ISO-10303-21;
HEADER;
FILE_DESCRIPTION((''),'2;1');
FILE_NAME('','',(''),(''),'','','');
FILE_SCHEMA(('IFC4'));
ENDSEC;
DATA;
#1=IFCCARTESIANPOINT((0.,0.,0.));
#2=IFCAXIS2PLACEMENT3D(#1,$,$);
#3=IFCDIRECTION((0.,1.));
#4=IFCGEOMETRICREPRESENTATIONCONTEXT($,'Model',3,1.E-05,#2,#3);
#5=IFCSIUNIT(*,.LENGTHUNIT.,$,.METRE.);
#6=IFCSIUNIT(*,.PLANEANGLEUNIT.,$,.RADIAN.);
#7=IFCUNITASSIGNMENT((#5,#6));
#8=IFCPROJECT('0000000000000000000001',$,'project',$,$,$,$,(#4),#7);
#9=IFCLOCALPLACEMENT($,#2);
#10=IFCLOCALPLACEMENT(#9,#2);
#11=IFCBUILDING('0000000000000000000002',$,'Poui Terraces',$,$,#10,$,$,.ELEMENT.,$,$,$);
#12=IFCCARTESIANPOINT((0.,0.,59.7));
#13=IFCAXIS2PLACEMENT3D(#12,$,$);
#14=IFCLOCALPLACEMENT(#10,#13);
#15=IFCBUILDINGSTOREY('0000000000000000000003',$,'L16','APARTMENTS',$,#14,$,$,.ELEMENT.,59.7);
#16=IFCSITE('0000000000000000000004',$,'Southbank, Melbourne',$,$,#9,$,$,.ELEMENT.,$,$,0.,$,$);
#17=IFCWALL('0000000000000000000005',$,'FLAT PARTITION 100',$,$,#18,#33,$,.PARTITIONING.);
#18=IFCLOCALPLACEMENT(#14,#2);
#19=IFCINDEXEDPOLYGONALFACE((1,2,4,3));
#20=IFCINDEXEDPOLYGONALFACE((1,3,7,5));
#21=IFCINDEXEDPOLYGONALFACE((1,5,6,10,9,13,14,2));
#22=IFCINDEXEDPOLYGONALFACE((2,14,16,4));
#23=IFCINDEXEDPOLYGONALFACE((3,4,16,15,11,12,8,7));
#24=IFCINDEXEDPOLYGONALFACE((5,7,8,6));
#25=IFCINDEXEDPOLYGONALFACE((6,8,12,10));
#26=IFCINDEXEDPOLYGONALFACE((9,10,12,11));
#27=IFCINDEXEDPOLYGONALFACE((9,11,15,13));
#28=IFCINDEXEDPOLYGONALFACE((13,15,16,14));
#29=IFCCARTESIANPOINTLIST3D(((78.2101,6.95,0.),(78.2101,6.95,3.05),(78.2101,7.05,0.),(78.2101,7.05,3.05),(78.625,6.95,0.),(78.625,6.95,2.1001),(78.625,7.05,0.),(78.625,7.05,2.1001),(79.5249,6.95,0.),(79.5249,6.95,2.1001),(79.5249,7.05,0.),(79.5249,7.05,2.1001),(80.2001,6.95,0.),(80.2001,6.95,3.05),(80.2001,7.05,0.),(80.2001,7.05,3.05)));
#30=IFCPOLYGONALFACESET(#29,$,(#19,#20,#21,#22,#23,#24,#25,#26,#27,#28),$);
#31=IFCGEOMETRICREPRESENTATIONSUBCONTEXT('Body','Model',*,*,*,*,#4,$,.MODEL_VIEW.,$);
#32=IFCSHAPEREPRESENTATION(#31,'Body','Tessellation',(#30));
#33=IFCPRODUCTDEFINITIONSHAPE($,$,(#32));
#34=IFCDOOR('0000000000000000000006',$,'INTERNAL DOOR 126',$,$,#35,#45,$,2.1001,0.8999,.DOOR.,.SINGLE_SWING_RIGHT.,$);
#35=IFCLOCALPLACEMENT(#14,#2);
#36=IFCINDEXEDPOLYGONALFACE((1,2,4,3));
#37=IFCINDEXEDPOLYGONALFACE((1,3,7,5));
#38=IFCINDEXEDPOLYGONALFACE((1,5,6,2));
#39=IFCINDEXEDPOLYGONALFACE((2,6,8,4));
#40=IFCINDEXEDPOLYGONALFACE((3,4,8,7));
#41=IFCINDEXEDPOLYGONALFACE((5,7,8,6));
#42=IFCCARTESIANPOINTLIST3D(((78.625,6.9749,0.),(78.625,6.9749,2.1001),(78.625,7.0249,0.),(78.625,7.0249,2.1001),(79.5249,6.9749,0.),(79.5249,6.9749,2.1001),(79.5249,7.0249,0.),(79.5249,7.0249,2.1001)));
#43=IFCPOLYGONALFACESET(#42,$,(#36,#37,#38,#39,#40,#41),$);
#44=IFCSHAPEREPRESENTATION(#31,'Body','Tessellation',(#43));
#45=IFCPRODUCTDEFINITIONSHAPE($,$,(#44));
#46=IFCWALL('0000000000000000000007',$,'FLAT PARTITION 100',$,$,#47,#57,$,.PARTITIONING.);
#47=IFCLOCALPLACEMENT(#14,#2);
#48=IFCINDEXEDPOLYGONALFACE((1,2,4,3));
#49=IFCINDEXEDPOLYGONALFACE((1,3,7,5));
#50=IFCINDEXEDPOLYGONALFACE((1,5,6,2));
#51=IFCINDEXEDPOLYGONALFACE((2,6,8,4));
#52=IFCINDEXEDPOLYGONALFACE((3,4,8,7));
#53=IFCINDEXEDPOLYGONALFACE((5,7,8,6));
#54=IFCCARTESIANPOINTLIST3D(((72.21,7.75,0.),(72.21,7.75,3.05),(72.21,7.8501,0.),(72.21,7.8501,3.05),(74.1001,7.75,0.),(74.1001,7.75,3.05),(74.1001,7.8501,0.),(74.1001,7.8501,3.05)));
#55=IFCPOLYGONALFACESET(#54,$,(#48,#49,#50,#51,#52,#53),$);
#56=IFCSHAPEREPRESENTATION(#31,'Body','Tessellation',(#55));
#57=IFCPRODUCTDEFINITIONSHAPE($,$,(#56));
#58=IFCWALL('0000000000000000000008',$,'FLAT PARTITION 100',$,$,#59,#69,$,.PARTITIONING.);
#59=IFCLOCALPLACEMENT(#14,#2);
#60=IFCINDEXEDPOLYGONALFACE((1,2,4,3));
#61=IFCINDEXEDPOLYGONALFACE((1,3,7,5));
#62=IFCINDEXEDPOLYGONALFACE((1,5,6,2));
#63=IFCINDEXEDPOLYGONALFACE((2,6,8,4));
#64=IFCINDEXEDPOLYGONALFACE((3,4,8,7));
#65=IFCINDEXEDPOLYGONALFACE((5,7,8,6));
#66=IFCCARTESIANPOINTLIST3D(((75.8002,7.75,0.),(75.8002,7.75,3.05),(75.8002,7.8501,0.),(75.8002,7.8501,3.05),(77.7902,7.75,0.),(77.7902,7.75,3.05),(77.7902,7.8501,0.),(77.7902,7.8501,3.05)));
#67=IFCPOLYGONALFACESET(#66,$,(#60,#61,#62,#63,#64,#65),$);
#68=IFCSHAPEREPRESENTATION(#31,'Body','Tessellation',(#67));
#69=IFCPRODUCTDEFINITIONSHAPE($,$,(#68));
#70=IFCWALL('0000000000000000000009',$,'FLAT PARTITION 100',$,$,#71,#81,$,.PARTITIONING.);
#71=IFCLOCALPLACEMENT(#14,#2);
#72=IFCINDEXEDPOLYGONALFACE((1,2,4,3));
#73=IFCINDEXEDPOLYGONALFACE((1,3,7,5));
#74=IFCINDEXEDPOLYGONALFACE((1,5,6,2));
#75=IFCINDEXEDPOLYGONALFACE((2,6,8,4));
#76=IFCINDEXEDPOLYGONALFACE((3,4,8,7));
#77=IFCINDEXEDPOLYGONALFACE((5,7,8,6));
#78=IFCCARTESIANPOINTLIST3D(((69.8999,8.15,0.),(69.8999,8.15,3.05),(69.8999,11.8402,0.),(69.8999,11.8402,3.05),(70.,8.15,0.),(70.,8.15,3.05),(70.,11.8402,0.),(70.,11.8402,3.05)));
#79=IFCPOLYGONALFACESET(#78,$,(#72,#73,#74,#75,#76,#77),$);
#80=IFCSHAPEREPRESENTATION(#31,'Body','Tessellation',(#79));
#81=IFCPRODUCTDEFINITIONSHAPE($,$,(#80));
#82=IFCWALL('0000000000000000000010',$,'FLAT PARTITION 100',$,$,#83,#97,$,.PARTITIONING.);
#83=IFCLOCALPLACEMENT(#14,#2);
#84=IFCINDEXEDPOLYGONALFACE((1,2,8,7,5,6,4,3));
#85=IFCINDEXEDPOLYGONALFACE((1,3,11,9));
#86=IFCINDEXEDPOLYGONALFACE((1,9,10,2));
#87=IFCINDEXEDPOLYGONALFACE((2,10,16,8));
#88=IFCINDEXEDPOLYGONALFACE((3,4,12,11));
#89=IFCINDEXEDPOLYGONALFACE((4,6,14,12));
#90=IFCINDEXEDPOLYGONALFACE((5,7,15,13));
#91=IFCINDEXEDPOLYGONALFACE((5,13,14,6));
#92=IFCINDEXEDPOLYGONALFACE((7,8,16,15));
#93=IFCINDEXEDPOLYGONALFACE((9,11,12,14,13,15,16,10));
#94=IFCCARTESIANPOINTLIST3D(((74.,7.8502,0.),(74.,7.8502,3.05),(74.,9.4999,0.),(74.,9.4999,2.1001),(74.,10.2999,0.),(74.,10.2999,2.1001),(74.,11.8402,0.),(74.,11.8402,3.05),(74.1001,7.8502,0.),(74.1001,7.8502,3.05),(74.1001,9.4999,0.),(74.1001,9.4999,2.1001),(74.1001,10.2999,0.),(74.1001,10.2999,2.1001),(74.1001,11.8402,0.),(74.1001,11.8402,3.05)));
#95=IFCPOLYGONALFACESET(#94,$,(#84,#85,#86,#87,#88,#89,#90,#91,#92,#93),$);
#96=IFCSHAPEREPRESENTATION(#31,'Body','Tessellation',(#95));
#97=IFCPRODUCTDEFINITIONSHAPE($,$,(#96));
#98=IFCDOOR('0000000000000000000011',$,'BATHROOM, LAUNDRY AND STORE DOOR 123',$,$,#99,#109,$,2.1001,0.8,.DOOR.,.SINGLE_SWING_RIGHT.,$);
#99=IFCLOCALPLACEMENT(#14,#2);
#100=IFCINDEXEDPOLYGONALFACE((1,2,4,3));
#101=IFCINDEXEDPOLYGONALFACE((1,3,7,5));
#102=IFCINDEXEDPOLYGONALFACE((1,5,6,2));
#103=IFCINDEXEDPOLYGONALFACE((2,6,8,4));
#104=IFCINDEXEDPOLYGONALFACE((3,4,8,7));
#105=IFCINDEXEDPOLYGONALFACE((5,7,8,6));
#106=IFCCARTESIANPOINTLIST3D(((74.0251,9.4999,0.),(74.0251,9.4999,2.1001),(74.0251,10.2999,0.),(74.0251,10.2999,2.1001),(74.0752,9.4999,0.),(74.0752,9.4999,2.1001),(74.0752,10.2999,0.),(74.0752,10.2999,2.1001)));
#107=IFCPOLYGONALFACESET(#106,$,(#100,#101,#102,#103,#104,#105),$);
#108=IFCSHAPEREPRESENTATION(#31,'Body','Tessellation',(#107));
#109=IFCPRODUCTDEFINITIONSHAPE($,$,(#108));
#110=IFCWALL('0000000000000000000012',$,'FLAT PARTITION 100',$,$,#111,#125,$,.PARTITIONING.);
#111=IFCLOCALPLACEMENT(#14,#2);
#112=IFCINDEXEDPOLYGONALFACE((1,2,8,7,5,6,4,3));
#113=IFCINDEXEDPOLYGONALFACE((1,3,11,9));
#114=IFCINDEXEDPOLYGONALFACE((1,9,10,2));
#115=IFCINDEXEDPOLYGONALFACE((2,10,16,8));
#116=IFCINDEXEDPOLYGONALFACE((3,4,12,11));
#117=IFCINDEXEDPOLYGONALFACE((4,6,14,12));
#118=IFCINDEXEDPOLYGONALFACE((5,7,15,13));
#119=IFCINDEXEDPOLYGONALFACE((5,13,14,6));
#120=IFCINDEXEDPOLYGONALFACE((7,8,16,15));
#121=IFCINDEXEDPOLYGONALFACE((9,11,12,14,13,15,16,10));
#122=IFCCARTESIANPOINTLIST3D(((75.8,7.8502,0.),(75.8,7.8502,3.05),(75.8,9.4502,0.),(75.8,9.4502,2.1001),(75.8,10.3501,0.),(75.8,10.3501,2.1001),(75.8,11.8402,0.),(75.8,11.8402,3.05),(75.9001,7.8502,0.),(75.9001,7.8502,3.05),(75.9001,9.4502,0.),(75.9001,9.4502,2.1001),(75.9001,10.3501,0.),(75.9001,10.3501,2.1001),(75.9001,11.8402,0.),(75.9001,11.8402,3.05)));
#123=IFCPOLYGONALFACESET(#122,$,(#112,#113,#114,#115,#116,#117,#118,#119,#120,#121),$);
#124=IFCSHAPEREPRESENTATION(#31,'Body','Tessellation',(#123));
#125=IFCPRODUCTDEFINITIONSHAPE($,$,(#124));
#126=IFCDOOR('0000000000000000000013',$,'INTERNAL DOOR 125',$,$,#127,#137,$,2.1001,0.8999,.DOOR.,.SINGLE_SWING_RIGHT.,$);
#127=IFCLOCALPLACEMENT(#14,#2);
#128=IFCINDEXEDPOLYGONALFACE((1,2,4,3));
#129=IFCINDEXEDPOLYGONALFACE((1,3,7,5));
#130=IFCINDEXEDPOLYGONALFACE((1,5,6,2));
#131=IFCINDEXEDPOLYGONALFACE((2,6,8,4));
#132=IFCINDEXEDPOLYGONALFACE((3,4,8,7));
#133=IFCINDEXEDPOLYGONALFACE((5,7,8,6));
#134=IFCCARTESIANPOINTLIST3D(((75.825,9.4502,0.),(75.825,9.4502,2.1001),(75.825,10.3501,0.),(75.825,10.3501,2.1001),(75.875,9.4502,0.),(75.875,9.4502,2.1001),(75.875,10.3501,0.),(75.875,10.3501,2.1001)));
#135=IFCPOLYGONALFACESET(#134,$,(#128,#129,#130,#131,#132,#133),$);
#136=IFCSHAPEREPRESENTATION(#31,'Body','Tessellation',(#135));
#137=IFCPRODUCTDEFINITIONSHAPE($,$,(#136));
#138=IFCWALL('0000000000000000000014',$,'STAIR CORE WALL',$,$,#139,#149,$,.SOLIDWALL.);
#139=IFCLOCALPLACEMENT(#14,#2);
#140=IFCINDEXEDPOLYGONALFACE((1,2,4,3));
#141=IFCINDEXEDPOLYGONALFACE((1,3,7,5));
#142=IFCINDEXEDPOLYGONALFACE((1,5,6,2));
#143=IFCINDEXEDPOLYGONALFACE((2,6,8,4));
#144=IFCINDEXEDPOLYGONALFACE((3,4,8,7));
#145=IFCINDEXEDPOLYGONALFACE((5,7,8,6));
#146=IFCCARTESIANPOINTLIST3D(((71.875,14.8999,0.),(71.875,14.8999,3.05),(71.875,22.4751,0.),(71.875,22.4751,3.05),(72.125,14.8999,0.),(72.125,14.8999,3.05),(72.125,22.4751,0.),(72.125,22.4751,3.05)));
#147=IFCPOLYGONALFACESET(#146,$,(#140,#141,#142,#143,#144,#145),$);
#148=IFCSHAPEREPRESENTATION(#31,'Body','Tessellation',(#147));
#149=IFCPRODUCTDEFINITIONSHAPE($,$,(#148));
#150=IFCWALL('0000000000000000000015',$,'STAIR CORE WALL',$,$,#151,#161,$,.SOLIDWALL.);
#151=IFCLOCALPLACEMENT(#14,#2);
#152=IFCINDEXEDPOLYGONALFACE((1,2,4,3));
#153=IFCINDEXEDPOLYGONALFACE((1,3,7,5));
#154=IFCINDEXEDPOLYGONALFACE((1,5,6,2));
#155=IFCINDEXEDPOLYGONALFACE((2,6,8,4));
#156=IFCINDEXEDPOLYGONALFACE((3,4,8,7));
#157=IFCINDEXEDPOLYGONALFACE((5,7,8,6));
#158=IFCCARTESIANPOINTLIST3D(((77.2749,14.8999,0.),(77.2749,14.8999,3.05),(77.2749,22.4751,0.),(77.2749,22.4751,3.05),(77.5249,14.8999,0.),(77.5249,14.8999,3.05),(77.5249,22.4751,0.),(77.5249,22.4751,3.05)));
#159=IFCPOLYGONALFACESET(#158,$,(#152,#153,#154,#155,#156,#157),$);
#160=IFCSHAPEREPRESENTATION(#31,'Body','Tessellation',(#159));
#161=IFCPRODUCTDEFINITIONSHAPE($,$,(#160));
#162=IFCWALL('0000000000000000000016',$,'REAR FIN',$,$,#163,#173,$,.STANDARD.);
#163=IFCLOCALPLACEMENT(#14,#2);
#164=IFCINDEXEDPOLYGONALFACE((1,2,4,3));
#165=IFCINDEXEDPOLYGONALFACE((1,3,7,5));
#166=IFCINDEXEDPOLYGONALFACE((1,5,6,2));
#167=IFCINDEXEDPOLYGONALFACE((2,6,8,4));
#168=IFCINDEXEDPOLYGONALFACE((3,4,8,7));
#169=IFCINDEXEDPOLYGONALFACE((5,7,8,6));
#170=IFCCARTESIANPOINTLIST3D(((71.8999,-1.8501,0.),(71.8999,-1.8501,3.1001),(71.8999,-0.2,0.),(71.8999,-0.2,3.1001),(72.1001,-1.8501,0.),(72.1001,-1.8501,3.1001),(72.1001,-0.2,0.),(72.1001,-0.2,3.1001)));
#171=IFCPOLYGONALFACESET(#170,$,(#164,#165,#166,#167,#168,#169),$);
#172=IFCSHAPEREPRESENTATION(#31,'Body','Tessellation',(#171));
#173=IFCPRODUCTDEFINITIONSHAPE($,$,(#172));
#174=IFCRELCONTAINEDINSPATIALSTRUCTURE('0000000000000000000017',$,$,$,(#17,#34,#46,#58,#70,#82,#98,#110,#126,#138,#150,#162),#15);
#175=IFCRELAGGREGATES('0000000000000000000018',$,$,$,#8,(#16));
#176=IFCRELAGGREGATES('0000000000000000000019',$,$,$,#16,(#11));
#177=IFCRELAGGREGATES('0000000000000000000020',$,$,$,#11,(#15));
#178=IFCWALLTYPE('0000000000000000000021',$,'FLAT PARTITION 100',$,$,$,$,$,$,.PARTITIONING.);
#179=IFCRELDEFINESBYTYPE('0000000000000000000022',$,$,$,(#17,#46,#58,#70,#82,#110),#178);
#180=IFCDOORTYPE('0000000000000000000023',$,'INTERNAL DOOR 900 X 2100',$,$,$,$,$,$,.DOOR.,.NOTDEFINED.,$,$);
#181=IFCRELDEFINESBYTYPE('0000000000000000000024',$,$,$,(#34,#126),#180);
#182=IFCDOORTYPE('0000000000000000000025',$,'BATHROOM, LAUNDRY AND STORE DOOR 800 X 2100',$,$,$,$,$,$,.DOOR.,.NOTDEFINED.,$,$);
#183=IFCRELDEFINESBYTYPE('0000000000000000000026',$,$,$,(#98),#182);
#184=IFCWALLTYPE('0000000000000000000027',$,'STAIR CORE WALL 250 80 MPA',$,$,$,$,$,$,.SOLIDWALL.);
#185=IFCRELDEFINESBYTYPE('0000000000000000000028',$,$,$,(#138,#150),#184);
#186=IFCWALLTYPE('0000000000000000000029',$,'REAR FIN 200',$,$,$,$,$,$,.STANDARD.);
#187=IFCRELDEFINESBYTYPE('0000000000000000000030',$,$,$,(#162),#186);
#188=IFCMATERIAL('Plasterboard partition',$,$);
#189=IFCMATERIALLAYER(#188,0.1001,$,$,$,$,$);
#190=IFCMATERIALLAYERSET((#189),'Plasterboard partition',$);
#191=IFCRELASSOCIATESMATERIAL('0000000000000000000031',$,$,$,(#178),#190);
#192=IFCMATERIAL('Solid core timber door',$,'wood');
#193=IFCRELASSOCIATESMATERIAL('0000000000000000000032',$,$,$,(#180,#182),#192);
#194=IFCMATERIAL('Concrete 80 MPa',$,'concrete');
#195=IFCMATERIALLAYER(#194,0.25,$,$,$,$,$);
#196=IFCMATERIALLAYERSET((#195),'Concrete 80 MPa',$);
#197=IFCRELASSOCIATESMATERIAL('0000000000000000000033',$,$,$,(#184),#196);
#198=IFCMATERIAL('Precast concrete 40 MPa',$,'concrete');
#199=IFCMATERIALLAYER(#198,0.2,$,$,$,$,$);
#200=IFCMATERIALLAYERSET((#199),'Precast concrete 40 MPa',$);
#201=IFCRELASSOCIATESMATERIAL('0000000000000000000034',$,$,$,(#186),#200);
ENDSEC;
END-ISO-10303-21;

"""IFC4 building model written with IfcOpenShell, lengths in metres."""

from ifc_helpers import new_model, si_unit, direction, frame, frame_2d, origin, place, context, subcontext, project, spatial, polyline, rectangle, outline, extrude, source, transform, mapped, material, layer, layer_set, type_object, element, fill, save


model = new_model("IFC4")

# Units and contexts
model_context = context("Model", 3, precision=1e-05, world=origin(), true_north=direction((0.0, 1.0)))
body_context = subcontext(model_context, "Body", "Model", "MODEL_VIEW")
ifc_project = project(units=[si_unit("LENGTHUNIT", "METRE"), si_unit("PLANEANGLEUNIT", "RADIAN")], contexts=[model_context])

# Site, building, storey
site_placement = place(None, origin())
site = spatial("IfcSite", under=ifc_project, at=site_placement, Name="Southbank, Melbourne", CompositionType="ELEMENT", RefElevation=0.0)
building_placement = place(site_placement, origin())
building = spatial("IfcBuilding", under=site, at=building_placement, Name="Poui Terraces", CompositionType="ELEMENT")
storey_placement = place(building_placement, frame((0.0, 0.0, 59.7)))
storey = spatial("IfcBuildingStorey", under=building, at=storey_placement, Name="L16", Description="APARTMENTS", CompositionType="ELEMENT", Elevation=59.7)

# Shared definitions
ifc_material_1 = material(Name="Concrete 80 MPa", Category="concrete")

# Shared definitions
ifc_material_2 = material(Name="Precast concrete 40 MPa", Category="concrete")

# Wall, opening, door
ifc_material_3 = material(Name="Plasterboard partition")
ifc_layer_1 = layer(ifc_material_3, 0.1001)
ifc_layer_set_1 = layer_set([ifc_layer_1], Name="Plasterboard partition")
wall_type_1 = type_object("IfcWallType", Name="FLAT PARTITION 100", PredefinedType="PARTITIONING", material=ifc_layer_set_1)
ifc_material_4 = material(Name="Solid core timber door", Category="wood")
door_type_1 = type_object("IfcDoorType", Name="INTERNAL DOOR 900 X 2100", OperationType="NOTDEFINED", PredefinedType="DOOR", material=ifc_material_4)
wall_1_placement = place(storey_placement, frame((78.21, 7.0, 0.0), z_axis=(0.0, 0.0, 1.0), x_axis=(1.0, 0.0, 0.0)))
wall_1 = element("IfcWall", 1, at=wall_1_placement, inside=storey, type_object=wall_type_1, Name="FLAT PARTITION 100", PredefinedType="PARTITIONING", context=body_context, shape_type="SweptSolid", body=[
    extrude(rectangle(XDim=1.99, YDim=0.1001, at=frame_2d((0.9951, 0.0))), origin(), (0.0, 0.0, 1.0), 3.05),
])
opening_1_placement = place(wall_1_placement, frame((0.415, 0.0, 0.0)))
opening_1 = element("IfcOpeningElement", 2, at=opening_1_placement, cuts=wall_1, PredefinedType="OPENING", context=body_context, shape_type="SweptSolid", body=[
    extrude(rectangle(XDim=0.8999, YDim=2.1001, at=frame_2d((0.45, 1.05))), frame((0.0, 0.0601, 0.0), z_axis=(0.0, -1.0, 0.0), x_axis=(1.0, 0.0, 0.0)), (0.0, 0.0, 1.0), 0.1201),
])
door_1_placement = place(opening_1_placement, origin())
door_1 = element("IfcDoor", 3, at=door_1_placement, inside=storey, type_object=door_type_1, Name="INTERNAL DOOR 126", OperationType="SINGLE_SWING_RIGHT", OverallHeight=2.1001, OverallWidth=0.8999, PredefinedType="DOOR", context=body_context, shape_type="SweptSolid", body=[
    extrude(rectangle(XDim=0.8999, YDim=2.1001, at=frame_2d((0.45, 1.05))), frame((0.0, 0.0249, 0.0), z_axis=(0.0, -1.0, 0.0), x_axis=(1.0, 0.0, 0.0)), (0.0, 0.0, 1.0), 0.05),
])
fill(opening_1, door_1)

# Walls
wall_2_placement = place(storey_placement, frame((72.21, 7.8, 0.0), z_axis=(0.0, 0.0, 1.0), x_axis=(1.0, 0.0, 0.0)))
element("IfcWall", 4, at=wall_2_placement, inside=storey, type_object=wall_type_1, Name="FLAT PARTITION 100", PredefinedType="PARTITIONING", context=body_context, shape_type="SweptSolid", body=[
    extrude(rectangle(XDim=1.8901, YDim=0.1001, at=frame_2d((0.9451, 0.0))), origin(), (0.0, 0.0, 1.0), 3.05),
])
wall_3_placement = place(storey_placement, frame((75.8, 7.8, 0.0), z_axis=(0.0, 0.0, 1.0), x_axis=(1.0, 0.0, 0.0)))
element("IfcWall", 5, at=wall_3_placement, inside=storey, type_object=wall_type_1, Name="FLAT PARTITION 100", PredefinedType="PARTITIONING", context=body_context, shape_type="SweptSolid", body=[
    extrude(rectangle(XDim=1.99, YDim=0.1001, at=frame_2d((0.9951, 0.0))), origin(), (0.0, 0.0, 1.0), 3.05),
])
wall_4_placement = place(storey_placement, frame((69.95, 8.1499, 0.0), z_axis=(0.0, 0.0, 1.0), x_axis=(0.0, 1.0, 0.0)))
element("IfcWall", 6, at=wall_4_placement, inside=storey, type_object=wall_type_1, Name="FLAT PARTITION 100", PredefinedType="PARTITIONING", context=body_context, shape_type="SweptSolid", body=[
    extrude(rectangle(XDim=3.6902, YDim=0.1001, at=frame_2d((1.8452, 0.0))), origin(), (0.0, 0.0, 1.0), 3.05),
])

# Walls, openings, doors
wall_5_placement = place(storey_placement, frame((74.05, 7.8501, 0.0), z_axis=(0.0, 0.0, 1.0), x_axis=(0.0, 1.0, 0.0)))
wall_5 = element("IfcWall", 7, at=wall_5_placement, inside=storey, type_object=wall_type_1, Name="FLAT PARTITION 100", PredefinedType="PARTITIONING", context=body_context, shape_type="SweptSolid", body=[
    extrude(rectangle(XDim=3.99, YDim=0.1001, at=frame_2d((1.9951, 0.0))), origin(), (0.0, 0.0, 1.0), 3.05),
])
opening_2_placement = place(wall_5_placement, frame((1.6499, 0.0, 0.0)))
opening_2 = element("IfcOpeningElement", 8, at=opening_2_placement, cuts=wall_5, PredefinedType="OPENING", context=body_context, shape_type="SweptSolid", body=[
    extrude(rectangle(XDim=0.8, YDim=2.1001, at=frame_2d((0.3999, 1.05))), frame((0.0, 0.0601, 0.0), z_axis=(0.0, -1.0, 0.0), x_axis=(1.0, 0.0, 0.0)), (0.0, 0.0, 1.0), 0.1201),
])
door_type_2 = type_object("IfcDoorType", Name="BATHROOM, LAUNDRY AND STORE DOOR 800 X 2100", OperationType="NOTDEFINED", PredefinedType="DOOR", material=ifc_material_4)
door_2_placement = place(opening_2_placement, origin())
door_2 = element("IfcDoor", 9, at=door_2_placement, inside=storey, type_object=door_type_2, Name="BATHROOM, LAUNDRY AND STORE DOOR 123", OperationType="SINGLE_SWING_RIGHT", OverallHeight=2.1001, OverallWidth=0.8, PredefinedType="DOOR", context=body_context, shape_type="SweptSolid", body=[
    extrude(rectangle(XDim=0.8, YDim=2.1001, at=frame_2d((0.3999, 1.05))), frame((0.0, 0.0249, 0.0), z_axis=(0.0, -1.0, 0.0), x_axis=(1.0, 0.0, 0.0)), (0.0, 0.0, 1.0), 0.05),
])
fill(opening_2, door_2)
wall_6_placement = place(storey_placement, frame((75.8501, 7.8501, 0.0), z_axis=(0.0, 0.0, 1.0), x_axis=(0.0, 1.0, 0.0)))
wall_6 = element("IfcWall", 10, at=wall_6_placement, inside=storey, type_object=wall_type_1, Name="FLAT PARTITION 100", PredefinedType="PARTITIONING", context=body_context, shape_type="SweptSolid", body=[
    extrude(rectangle(XDim=3.99, YDim=0.1001, at=frame_2d((1.9951, 0.0))), origin(), (0.0, 0.0, 1.0), 3.05),
])
opening_3_placement = place(wall_6_placement, frame((1.6001, 0.0, 0.0)))
opening_3 = element("IfcOpeningElement", 11, at=opening_3_placement, cuts=wall_6, PredefinedType="OPENING", context=body_context, shape_type="SweptSolid", body=[
    extrude(rectangle(XDim=0.8999, YDim=2.1001, at=frame_2d((0.45, 1.05))), frame((0.0, 0.0601, 0.0), z_axis=(0.0, -1.0, 0.0), x_axis=(1.0, 0.0, 0.0)), (0.0, 0.0, 1.0), 0.1201),
])
door_3_placement = place(opening_3_placement, frame((0.8999, 0.0, 0.0), z_axis=(0.0, 0.0, 1.0), x_axis=(-1.0, 0.0, 0.0)))
door_3 = element("IfcDoor", 12, at=door_3_placement, inside=storey, type_object=door_type_1, Name="INTERNAL DOOR 125", OperationType="SINGLE_SWING_RIGHT", OverallHeight=2.1001, OverallWidth=0.8999, PredefinedType="DOOR", context=body_context, shape_type="SweptSolid", body=[
    extrude(rectangle(XDim=0.8999, YDim=2.1001, at=frame_2d((0.45, 1.05))), frame((0.0, 0.0249, 0.0), z_axis=(0.0, -1.0, 0.0), x_axis=(1.0, 0.0, 0.0)), (0.0, 0.0, 1.0), 0.05),
])
fill(opening_3, door_3)

# Walls
ifc_layer_2 = layer(ifc_material_1, 0.25)
ifc_layer_set_2 = layer_set([ifc_layer_2], Name="Concrete 80 MPa")
wall_type_2 = type_object("IfcWallType", Name="STAIR CORE WALL 250 80 MPA", PredefinedType="SOLIDWALL", material=ifc_layer_set_2)
for number, where, z_axis, x_axis, name in (
    (13, (72.0, 14.8999, 0.0), (0.0, 0.0, 1.0), (0.0, 1.0, 0.0), "STAIR CORE WALL"),
    (14, (77.3999, 14.8999, 0.0), (0.0, 0.0, 1.0), (0.0, 1.0, 0.0), "STAIR CORE WALL"),
):
    element("IfcWall", number, at=place(storey_placement, frame(where, z_axis=z_axis, x_axis=x_axis)), inside=storey, type_object=wall_type_2, Name=name, PredefinedType="SOLIDWALL", context=body_context, shape_type="SweptSolid", body=[
        extrude(rectangle(XDim=7.5752, YDim=0.25, at=frame_2d((3.7876, 0.0))), origin(), (0.0, 0.0, 1.0), 3.05),
    ])
ifc_layer_3 = layer(ifc_material_2, 0.2)
ifc_layer_set_3 = layer_set([ifc_layer_3], Name="Precast concrete 40 MPa")
wall_type_3 = type_object("IfcWallType", Name="REAR FIN 200", PredefinedType="STANDARD", material=ifc_layer_set_3)
shared_shape_1 = source(origin(), body_context, "Body", "SweptSolid", [
    extrude(outline(polyline([(0.0, 0.0), (0.2002, 0.0), (0.2002, 1.6501), (0.0, 1.6501), (0.0, 0.0)])), origin(), (0.0, 0.0, 1.0), 3.1001),
])
for number, where, name in (
    (15, (71.8999, -1.8501, 0.0), "REAR FIN"),
):
    element("IfcWall", number, at=place(storey_placement, frame(where)), inside=storey, type_object=wall_type_3, Name=name, PredefinedType="STANDARD", context=body_context, shape_type="MappedRepresentation", body=[
        mapped(shared_shape_1, transform((0.0, 0.0, 0.0))),
    ])

save(model, "model.ifc")
